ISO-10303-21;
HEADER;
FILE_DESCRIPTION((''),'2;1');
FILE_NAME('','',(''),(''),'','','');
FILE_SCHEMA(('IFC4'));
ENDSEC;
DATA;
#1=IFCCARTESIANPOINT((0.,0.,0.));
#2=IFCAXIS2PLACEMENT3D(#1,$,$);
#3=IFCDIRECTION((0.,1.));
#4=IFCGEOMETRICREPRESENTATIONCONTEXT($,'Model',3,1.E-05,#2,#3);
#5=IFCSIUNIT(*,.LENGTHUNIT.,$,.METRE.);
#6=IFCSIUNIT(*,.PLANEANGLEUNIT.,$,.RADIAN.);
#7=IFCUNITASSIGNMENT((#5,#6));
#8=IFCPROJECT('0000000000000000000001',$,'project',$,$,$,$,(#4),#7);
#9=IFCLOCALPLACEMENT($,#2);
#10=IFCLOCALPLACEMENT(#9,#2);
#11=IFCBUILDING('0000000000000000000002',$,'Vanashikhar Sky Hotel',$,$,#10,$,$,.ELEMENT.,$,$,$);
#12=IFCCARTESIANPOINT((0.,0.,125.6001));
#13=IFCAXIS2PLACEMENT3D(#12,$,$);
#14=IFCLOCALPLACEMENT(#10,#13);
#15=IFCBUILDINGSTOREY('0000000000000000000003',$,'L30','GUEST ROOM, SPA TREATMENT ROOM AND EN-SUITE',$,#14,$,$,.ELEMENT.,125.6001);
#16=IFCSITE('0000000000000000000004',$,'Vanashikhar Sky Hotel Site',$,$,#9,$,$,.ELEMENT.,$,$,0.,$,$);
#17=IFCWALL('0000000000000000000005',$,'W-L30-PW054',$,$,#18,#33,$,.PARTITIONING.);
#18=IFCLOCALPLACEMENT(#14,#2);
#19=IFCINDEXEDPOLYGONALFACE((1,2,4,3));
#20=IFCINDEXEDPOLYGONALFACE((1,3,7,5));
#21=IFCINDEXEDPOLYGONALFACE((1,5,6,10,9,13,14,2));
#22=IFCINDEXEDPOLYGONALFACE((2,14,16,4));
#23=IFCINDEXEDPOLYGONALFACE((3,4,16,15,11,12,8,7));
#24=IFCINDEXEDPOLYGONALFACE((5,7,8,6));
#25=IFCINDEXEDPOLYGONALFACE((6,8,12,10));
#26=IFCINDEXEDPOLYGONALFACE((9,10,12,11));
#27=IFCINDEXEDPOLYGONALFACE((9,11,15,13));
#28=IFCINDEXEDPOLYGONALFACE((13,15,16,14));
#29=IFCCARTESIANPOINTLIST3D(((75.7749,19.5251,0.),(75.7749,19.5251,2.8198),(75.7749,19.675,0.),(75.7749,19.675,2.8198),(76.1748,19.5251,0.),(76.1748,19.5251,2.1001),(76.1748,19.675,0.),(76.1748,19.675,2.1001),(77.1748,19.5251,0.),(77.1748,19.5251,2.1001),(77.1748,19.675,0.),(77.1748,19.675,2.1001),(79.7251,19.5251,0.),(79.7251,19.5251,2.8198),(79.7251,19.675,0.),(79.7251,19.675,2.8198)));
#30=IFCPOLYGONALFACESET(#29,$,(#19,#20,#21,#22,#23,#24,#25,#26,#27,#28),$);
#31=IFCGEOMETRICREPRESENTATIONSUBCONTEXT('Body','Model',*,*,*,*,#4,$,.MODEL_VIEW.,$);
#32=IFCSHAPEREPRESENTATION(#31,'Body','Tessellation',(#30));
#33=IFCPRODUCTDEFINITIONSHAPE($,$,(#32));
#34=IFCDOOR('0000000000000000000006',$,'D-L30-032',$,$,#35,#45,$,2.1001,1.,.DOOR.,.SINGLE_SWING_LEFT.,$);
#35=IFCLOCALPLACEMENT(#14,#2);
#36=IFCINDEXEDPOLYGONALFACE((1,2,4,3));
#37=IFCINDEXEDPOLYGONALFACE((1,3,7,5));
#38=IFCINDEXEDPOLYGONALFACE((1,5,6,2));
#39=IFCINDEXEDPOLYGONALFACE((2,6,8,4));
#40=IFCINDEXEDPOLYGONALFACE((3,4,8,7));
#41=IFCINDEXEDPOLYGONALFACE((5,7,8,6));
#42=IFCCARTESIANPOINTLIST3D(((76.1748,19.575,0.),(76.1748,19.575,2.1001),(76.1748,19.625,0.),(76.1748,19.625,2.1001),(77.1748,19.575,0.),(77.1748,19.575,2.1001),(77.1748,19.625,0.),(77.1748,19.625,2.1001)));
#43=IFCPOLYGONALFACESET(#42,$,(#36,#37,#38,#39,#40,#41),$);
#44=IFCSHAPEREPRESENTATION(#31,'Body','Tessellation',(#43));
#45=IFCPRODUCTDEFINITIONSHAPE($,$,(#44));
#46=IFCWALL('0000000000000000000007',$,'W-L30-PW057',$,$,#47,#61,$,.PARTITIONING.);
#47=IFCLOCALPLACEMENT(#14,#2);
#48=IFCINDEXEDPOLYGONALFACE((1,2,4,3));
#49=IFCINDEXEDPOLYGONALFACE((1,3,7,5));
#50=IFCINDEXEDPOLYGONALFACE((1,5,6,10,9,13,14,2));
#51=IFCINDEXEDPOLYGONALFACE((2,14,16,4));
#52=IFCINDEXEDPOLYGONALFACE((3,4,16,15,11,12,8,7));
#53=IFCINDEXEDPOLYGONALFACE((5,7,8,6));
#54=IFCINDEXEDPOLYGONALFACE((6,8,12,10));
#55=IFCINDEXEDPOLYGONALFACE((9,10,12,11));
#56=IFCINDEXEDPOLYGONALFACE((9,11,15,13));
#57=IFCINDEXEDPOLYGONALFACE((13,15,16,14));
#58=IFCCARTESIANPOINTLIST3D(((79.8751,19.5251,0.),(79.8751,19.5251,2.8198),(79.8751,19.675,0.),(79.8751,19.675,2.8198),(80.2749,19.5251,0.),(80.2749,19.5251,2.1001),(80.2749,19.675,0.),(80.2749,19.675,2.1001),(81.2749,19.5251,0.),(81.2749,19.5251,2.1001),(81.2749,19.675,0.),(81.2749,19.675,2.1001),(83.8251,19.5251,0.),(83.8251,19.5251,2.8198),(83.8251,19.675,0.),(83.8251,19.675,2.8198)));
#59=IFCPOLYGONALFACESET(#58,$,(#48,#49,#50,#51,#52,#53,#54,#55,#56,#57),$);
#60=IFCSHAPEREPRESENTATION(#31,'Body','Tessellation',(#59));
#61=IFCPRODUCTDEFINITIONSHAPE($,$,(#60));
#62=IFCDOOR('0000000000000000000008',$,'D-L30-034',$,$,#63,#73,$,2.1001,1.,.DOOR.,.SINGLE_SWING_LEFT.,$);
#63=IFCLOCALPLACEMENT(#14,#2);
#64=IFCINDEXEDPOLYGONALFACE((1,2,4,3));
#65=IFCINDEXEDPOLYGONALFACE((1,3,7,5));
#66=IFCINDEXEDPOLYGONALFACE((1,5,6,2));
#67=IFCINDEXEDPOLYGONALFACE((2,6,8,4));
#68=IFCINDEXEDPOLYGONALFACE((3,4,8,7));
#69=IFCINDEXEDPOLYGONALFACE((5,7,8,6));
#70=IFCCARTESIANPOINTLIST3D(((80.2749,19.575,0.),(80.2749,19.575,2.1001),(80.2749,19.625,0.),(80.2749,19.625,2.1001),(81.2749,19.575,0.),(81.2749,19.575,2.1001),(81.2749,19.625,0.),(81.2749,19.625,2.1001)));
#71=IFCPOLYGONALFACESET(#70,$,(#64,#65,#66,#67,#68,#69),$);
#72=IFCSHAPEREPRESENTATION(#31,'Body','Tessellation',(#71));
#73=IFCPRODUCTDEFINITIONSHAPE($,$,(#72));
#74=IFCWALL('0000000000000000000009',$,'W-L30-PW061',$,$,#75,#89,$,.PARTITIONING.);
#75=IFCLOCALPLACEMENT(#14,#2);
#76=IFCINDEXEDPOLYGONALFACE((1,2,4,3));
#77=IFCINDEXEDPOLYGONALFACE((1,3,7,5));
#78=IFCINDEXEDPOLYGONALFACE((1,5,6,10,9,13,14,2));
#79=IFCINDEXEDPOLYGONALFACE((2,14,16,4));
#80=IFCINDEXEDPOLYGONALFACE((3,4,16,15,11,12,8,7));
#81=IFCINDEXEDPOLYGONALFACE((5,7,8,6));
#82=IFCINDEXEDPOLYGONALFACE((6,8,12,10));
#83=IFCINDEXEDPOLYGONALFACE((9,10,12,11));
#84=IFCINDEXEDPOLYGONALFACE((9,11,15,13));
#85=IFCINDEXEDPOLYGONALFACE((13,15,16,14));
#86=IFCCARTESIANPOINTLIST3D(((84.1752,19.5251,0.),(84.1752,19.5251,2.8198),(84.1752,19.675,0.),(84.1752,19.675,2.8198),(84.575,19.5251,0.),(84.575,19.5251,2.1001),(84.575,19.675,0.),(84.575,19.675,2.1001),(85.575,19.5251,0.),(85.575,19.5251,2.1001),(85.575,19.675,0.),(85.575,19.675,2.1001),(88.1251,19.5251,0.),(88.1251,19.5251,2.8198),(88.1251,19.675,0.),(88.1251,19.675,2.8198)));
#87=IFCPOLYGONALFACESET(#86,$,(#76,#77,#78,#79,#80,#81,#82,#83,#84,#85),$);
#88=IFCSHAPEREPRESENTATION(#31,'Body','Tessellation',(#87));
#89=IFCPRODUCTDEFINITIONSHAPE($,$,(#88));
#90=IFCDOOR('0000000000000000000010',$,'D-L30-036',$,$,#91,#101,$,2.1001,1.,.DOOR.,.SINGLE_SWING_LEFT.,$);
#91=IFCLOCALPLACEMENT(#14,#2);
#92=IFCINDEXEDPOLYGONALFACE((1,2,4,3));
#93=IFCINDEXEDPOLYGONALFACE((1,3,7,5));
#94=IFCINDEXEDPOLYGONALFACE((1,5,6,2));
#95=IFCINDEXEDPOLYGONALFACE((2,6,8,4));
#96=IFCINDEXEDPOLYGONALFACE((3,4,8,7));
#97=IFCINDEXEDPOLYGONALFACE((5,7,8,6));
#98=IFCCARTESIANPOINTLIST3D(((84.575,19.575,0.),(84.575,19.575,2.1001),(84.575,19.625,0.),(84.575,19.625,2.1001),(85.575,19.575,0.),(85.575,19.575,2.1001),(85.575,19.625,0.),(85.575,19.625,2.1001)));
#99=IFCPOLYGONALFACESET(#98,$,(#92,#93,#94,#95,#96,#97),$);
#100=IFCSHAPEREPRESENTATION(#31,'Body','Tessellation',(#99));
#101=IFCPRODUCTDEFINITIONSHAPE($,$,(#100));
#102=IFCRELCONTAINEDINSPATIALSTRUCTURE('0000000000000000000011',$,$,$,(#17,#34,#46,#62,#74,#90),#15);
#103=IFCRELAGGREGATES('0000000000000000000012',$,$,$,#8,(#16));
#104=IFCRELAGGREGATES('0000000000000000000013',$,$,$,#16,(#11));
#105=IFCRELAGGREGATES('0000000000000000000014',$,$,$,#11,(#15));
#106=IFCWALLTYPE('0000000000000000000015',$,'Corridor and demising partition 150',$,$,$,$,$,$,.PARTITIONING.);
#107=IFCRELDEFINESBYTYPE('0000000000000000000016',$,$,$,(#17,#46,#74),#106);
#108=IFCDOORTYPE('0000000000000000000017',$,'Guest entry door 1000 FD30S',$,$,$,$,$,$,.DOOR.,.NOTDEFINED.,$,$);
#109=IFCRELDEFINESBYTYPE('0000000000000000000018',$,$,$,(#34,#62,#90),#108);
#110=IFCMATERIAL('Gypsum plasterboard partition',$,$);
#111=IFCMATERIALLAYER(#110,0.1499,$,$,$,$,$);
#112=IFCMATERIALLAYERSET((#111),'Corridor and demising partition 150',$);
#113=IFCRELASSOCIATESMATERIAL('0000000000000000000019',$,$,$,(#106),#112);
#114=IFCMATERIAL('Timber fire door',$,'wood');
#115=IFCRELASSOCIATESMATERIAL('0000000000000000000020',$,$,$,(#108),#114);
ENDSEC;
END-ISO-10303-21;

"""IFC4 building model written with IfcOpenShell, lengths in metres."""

from ifc_helpers import new_model, si_unit, direction, frame, frame_2d, origin, place, context, subcontext, project, spatial, rectangle, extrude, source, transform, mapped, material, layer, layer_set, type_object, element, fill, save


model = new_model("IFC4")

# Units and contexts
model_context = context("Model", 3, precision=1e-05, world=origin(), true_north=direction((0.0, 1.0)))
body_context = subcontext(model_context, "Body", "Model", "MODEL_VIEW")
ifc_project = project(units=[si_unit("LENGTHUNIT", "METRE"), si_unit("PLANEANGLEUNIT", "RADIAN")], contexts=[model_context])

# Site, building, storey
site_placement = place(None, origin())
site = spatial("IfcSite", under=ifc_project, at=site_placement, Name="Vanashikhar Sky Hotel Site", CompositionType="ELEMENT", RefElevation=0.0)
building_placement = place(site_placement, origin())
building = spatial("IfcBuilding", under=site, at=building_placement, Name="Vanashikhar Sky Hotel", CompositionType="ELEMENT")
storey_placement = place(building_placement, frame((0.0, 0.0, 125.6001)))
storey = spatial("IfcBuildingStorey", under=building, at=storey_placement, Name="L30", Description="GUEST ROOM, SPA TREATMENT ROOM AND EN-SUITE", CompositionType="ELEMENT", Elevation=125.6001)

# Shared definitions
ifc_material_1 = material(Name="Gypsum plasterboard partition")

# Shared definitions
ifc_layer_1 = layer(ifc_material_1, 0.1499)
ifc_layer_set_1 = layer_set([ifc_layer_1], Name="Corridor and demising partition 150")
wall_type_1 = type_object("IfcWallType", Name="Corridor and demising partition 150", PredefinedType="PARTITIONING", material=ifc_layer_set_1)

# Walls, openings, doors
shared_shape_1 = source(origin(), body_context, "Body", "SweptSolid", [
    extrude(rectangle(XDim=3.9502, YDim=0.1499, at=frame_2d((1.9751, 0.0))), origin(), (0.0, 0.0, 1.0), 2.8198),
])
wall_1_placement = place(storey_placement, frame((75.7749, 19.6001, 0.0), z_axis=(0.0, 0.0, 1.0), x_axis=(1.0, 0.0, 0.0)))
wall_1 = element("IfcWall", 1, at=wall_1_placement, inside=storey, type_object=wall_type_1, Name="W-L30-PW054", PredefinedType="PARTITIONING", context=body_context, shape_type="MappedRepresentation", body=[
    mapped(shared_shape_1, transform((0.0, 0.0, 0.0), scale=1.0)),
])
shared_shape_2 = source(origin(), body_context, "Body", "SweptSolid", [
    extrude(rectangle(XDim=1.0, YDim=2.1001, at=frame_2d((0.5, 1.05))), frame((0.0, 0.085, 0.0), z_axis=(0.0, -1.0, 0.0), x_axis=(1.0, 0.0, 0.0)), (0.0, 0.0, 1.0), 0.1699),
])
opening_1_placement = place(wall_1_placement, frame((0.3999, 0.0, 0.0)))
opening_1 = element("IfcOpeningElement", 2, at=opening_1_placement, cuts=wall_1, PredefinedType="OPENING", context=body_context, shape_type="MappedRepresentation", body=[
    mapped(shared_shape_2, transform((0.0, 0.0, 0.0), scale=1.0)),
])
ifc_material_2 = material(Name="Timber fire door", Category="wood")
door_type_1 = type_object("IfcDoorType", Name="Guest entry door 1000 FD30S", OperationType="NOTDEFINED", PredefinedType="DOOR", material=ifc_material_2)
shared_shape_3 = source(origin(), body_context, "Body", "SweptSolid", [
    extrude(rectangle(XDim=1.0, YDim=2.1001, at=frame_2d((0.5, 1.05))), frame((0.0, 0.0249, 0.0), z_axis=(0.0, -1.0, 0.0), x_axis=(1.0, 0.0, 0.0)), (0.0, 0.0, 1.0), 0.05),
])
door_1_placement = place(opening_1_placement, origin())
door_1 = element("IfcDoor", 3, at=door_1_placement, inside=storey, type_object=door_type_1, Name="D-L30-032", OperationType="SINGLE_SWING_LEFT", OverallHeight=2.1001, OverallWidth=1.0, PredefinedType="DOOR", context=body_context, shape_type="MappedRepresentation", body=[
    mapped(shared_shape_3, transform((0.0, 0.0, 0.0), scale=1.0)),
])
fill(opening_1, door_1)
shared_shape_4 = source(origin(), body_context, "Body", "SweptSolid", [
    extrude(rectangle(XDim=3.95, YDim=0.1499, at=frame_2d((1.9751, 0.0))), origin(), (0.0, 0.0, 1.0), 2.8198),
])
wall_2_placement = place(storey_placement, frame((79.875, 19.6001, 0.0), z_axis=(0.0, 0.0, 1.0), x_axis=(1.0, 0.0, 0.0)))
wall_2 = element("IfcWall", 4, at=wall_2_placement, inside=storey, type_object=wall_type_1, Name="W-L30-PW057", PredefinedType="PARTITIONING", context=body_context, shape_type="MappedRepresentation", body=[
    mapped(shared_shape_4, transform((0.0, 0.0, 0.0), scale=1.0)),
])
opening_2_placement = place(wall_2_placement, frame((0.3999, 0.0, 0.0)))
opening_2 = element("IfcOpeningElement", 5, at=opening_2_placement, cuts=wall_2, PredefinedType="OPENING", context=body_context, shape_type="MappedRepresentation", body=[
    mapped(shared_shape_2, transform((0.0, 0.0, 0.0), scale=1.0)),
])
door_2_placement = place(opening_2_placement, origin())
door_2 = element("IfcDoor", 6, at=door_2_placement, inside=storey, type_object=door_type_1, Name="D-L30-034", OperationType="SINGLE_SWING_LEFT", OverallHeight=2.1001, OverallWidth=1.0, PredefinedType="DOOR", context=body_context, shape_type="MappedRepresentation", body=[
    mapped(shared_shape_3, transform((0.0, 0.0, 0.0), scale=1.0)),
])
fill(opening_2, door_2)
wall_3_placement = place(storey_placement, frame((84.175, 19.6001, 0.0), z_axis=(0.0, 0.0, 1.0), x_axis=(1.0, 0.0, 0.0)))
wall_3 = element("IfcWall", 7, at=wall_3_placement, inside=storey, type_object=wall_type_1, Name="W-L30-PW061", PredefinedType="PARTITIONING", context=body_context, shape_type="MappedRepresentation", body=[
    mapped(shared_shape_4, transform((0.0, 0.0, 0.0), scale=1.0)),
])
opening_3_placement = place(wall_3_placement, frame((0.3999, 0.0, 0.0)))
opening_3 = element("IfcOpeningElement", 8, at=opening_3_placement, cuts=wall_3, PredefinedType="OPENING", context=body_context, shape_type="MappedRepresentation", body=[
    mapped(shared_shape_2, transform((0.0, 0.0, 0.0), scale=1.0)),
])
door_3_placement = place(opening_3_placement, origin())
door_3 = element("IfcDoor", 9, at=door_3_placement, inside=storey, type_object=door_type_1, Name="D-L30-036", OperationType="SINGLE_SWING_LEFT", OverallHeight=2.1001, OverallWidth=1.0, PredefinedType="DOOR", context=body_context, shape_type="MappedRepresentation", body=[
    mapped(shared_shape_3, transform((0.0, 0.0, 0.0), scale=1.0)),
])
fill(opening_3, door_3)

save(model, "model.ifc")
